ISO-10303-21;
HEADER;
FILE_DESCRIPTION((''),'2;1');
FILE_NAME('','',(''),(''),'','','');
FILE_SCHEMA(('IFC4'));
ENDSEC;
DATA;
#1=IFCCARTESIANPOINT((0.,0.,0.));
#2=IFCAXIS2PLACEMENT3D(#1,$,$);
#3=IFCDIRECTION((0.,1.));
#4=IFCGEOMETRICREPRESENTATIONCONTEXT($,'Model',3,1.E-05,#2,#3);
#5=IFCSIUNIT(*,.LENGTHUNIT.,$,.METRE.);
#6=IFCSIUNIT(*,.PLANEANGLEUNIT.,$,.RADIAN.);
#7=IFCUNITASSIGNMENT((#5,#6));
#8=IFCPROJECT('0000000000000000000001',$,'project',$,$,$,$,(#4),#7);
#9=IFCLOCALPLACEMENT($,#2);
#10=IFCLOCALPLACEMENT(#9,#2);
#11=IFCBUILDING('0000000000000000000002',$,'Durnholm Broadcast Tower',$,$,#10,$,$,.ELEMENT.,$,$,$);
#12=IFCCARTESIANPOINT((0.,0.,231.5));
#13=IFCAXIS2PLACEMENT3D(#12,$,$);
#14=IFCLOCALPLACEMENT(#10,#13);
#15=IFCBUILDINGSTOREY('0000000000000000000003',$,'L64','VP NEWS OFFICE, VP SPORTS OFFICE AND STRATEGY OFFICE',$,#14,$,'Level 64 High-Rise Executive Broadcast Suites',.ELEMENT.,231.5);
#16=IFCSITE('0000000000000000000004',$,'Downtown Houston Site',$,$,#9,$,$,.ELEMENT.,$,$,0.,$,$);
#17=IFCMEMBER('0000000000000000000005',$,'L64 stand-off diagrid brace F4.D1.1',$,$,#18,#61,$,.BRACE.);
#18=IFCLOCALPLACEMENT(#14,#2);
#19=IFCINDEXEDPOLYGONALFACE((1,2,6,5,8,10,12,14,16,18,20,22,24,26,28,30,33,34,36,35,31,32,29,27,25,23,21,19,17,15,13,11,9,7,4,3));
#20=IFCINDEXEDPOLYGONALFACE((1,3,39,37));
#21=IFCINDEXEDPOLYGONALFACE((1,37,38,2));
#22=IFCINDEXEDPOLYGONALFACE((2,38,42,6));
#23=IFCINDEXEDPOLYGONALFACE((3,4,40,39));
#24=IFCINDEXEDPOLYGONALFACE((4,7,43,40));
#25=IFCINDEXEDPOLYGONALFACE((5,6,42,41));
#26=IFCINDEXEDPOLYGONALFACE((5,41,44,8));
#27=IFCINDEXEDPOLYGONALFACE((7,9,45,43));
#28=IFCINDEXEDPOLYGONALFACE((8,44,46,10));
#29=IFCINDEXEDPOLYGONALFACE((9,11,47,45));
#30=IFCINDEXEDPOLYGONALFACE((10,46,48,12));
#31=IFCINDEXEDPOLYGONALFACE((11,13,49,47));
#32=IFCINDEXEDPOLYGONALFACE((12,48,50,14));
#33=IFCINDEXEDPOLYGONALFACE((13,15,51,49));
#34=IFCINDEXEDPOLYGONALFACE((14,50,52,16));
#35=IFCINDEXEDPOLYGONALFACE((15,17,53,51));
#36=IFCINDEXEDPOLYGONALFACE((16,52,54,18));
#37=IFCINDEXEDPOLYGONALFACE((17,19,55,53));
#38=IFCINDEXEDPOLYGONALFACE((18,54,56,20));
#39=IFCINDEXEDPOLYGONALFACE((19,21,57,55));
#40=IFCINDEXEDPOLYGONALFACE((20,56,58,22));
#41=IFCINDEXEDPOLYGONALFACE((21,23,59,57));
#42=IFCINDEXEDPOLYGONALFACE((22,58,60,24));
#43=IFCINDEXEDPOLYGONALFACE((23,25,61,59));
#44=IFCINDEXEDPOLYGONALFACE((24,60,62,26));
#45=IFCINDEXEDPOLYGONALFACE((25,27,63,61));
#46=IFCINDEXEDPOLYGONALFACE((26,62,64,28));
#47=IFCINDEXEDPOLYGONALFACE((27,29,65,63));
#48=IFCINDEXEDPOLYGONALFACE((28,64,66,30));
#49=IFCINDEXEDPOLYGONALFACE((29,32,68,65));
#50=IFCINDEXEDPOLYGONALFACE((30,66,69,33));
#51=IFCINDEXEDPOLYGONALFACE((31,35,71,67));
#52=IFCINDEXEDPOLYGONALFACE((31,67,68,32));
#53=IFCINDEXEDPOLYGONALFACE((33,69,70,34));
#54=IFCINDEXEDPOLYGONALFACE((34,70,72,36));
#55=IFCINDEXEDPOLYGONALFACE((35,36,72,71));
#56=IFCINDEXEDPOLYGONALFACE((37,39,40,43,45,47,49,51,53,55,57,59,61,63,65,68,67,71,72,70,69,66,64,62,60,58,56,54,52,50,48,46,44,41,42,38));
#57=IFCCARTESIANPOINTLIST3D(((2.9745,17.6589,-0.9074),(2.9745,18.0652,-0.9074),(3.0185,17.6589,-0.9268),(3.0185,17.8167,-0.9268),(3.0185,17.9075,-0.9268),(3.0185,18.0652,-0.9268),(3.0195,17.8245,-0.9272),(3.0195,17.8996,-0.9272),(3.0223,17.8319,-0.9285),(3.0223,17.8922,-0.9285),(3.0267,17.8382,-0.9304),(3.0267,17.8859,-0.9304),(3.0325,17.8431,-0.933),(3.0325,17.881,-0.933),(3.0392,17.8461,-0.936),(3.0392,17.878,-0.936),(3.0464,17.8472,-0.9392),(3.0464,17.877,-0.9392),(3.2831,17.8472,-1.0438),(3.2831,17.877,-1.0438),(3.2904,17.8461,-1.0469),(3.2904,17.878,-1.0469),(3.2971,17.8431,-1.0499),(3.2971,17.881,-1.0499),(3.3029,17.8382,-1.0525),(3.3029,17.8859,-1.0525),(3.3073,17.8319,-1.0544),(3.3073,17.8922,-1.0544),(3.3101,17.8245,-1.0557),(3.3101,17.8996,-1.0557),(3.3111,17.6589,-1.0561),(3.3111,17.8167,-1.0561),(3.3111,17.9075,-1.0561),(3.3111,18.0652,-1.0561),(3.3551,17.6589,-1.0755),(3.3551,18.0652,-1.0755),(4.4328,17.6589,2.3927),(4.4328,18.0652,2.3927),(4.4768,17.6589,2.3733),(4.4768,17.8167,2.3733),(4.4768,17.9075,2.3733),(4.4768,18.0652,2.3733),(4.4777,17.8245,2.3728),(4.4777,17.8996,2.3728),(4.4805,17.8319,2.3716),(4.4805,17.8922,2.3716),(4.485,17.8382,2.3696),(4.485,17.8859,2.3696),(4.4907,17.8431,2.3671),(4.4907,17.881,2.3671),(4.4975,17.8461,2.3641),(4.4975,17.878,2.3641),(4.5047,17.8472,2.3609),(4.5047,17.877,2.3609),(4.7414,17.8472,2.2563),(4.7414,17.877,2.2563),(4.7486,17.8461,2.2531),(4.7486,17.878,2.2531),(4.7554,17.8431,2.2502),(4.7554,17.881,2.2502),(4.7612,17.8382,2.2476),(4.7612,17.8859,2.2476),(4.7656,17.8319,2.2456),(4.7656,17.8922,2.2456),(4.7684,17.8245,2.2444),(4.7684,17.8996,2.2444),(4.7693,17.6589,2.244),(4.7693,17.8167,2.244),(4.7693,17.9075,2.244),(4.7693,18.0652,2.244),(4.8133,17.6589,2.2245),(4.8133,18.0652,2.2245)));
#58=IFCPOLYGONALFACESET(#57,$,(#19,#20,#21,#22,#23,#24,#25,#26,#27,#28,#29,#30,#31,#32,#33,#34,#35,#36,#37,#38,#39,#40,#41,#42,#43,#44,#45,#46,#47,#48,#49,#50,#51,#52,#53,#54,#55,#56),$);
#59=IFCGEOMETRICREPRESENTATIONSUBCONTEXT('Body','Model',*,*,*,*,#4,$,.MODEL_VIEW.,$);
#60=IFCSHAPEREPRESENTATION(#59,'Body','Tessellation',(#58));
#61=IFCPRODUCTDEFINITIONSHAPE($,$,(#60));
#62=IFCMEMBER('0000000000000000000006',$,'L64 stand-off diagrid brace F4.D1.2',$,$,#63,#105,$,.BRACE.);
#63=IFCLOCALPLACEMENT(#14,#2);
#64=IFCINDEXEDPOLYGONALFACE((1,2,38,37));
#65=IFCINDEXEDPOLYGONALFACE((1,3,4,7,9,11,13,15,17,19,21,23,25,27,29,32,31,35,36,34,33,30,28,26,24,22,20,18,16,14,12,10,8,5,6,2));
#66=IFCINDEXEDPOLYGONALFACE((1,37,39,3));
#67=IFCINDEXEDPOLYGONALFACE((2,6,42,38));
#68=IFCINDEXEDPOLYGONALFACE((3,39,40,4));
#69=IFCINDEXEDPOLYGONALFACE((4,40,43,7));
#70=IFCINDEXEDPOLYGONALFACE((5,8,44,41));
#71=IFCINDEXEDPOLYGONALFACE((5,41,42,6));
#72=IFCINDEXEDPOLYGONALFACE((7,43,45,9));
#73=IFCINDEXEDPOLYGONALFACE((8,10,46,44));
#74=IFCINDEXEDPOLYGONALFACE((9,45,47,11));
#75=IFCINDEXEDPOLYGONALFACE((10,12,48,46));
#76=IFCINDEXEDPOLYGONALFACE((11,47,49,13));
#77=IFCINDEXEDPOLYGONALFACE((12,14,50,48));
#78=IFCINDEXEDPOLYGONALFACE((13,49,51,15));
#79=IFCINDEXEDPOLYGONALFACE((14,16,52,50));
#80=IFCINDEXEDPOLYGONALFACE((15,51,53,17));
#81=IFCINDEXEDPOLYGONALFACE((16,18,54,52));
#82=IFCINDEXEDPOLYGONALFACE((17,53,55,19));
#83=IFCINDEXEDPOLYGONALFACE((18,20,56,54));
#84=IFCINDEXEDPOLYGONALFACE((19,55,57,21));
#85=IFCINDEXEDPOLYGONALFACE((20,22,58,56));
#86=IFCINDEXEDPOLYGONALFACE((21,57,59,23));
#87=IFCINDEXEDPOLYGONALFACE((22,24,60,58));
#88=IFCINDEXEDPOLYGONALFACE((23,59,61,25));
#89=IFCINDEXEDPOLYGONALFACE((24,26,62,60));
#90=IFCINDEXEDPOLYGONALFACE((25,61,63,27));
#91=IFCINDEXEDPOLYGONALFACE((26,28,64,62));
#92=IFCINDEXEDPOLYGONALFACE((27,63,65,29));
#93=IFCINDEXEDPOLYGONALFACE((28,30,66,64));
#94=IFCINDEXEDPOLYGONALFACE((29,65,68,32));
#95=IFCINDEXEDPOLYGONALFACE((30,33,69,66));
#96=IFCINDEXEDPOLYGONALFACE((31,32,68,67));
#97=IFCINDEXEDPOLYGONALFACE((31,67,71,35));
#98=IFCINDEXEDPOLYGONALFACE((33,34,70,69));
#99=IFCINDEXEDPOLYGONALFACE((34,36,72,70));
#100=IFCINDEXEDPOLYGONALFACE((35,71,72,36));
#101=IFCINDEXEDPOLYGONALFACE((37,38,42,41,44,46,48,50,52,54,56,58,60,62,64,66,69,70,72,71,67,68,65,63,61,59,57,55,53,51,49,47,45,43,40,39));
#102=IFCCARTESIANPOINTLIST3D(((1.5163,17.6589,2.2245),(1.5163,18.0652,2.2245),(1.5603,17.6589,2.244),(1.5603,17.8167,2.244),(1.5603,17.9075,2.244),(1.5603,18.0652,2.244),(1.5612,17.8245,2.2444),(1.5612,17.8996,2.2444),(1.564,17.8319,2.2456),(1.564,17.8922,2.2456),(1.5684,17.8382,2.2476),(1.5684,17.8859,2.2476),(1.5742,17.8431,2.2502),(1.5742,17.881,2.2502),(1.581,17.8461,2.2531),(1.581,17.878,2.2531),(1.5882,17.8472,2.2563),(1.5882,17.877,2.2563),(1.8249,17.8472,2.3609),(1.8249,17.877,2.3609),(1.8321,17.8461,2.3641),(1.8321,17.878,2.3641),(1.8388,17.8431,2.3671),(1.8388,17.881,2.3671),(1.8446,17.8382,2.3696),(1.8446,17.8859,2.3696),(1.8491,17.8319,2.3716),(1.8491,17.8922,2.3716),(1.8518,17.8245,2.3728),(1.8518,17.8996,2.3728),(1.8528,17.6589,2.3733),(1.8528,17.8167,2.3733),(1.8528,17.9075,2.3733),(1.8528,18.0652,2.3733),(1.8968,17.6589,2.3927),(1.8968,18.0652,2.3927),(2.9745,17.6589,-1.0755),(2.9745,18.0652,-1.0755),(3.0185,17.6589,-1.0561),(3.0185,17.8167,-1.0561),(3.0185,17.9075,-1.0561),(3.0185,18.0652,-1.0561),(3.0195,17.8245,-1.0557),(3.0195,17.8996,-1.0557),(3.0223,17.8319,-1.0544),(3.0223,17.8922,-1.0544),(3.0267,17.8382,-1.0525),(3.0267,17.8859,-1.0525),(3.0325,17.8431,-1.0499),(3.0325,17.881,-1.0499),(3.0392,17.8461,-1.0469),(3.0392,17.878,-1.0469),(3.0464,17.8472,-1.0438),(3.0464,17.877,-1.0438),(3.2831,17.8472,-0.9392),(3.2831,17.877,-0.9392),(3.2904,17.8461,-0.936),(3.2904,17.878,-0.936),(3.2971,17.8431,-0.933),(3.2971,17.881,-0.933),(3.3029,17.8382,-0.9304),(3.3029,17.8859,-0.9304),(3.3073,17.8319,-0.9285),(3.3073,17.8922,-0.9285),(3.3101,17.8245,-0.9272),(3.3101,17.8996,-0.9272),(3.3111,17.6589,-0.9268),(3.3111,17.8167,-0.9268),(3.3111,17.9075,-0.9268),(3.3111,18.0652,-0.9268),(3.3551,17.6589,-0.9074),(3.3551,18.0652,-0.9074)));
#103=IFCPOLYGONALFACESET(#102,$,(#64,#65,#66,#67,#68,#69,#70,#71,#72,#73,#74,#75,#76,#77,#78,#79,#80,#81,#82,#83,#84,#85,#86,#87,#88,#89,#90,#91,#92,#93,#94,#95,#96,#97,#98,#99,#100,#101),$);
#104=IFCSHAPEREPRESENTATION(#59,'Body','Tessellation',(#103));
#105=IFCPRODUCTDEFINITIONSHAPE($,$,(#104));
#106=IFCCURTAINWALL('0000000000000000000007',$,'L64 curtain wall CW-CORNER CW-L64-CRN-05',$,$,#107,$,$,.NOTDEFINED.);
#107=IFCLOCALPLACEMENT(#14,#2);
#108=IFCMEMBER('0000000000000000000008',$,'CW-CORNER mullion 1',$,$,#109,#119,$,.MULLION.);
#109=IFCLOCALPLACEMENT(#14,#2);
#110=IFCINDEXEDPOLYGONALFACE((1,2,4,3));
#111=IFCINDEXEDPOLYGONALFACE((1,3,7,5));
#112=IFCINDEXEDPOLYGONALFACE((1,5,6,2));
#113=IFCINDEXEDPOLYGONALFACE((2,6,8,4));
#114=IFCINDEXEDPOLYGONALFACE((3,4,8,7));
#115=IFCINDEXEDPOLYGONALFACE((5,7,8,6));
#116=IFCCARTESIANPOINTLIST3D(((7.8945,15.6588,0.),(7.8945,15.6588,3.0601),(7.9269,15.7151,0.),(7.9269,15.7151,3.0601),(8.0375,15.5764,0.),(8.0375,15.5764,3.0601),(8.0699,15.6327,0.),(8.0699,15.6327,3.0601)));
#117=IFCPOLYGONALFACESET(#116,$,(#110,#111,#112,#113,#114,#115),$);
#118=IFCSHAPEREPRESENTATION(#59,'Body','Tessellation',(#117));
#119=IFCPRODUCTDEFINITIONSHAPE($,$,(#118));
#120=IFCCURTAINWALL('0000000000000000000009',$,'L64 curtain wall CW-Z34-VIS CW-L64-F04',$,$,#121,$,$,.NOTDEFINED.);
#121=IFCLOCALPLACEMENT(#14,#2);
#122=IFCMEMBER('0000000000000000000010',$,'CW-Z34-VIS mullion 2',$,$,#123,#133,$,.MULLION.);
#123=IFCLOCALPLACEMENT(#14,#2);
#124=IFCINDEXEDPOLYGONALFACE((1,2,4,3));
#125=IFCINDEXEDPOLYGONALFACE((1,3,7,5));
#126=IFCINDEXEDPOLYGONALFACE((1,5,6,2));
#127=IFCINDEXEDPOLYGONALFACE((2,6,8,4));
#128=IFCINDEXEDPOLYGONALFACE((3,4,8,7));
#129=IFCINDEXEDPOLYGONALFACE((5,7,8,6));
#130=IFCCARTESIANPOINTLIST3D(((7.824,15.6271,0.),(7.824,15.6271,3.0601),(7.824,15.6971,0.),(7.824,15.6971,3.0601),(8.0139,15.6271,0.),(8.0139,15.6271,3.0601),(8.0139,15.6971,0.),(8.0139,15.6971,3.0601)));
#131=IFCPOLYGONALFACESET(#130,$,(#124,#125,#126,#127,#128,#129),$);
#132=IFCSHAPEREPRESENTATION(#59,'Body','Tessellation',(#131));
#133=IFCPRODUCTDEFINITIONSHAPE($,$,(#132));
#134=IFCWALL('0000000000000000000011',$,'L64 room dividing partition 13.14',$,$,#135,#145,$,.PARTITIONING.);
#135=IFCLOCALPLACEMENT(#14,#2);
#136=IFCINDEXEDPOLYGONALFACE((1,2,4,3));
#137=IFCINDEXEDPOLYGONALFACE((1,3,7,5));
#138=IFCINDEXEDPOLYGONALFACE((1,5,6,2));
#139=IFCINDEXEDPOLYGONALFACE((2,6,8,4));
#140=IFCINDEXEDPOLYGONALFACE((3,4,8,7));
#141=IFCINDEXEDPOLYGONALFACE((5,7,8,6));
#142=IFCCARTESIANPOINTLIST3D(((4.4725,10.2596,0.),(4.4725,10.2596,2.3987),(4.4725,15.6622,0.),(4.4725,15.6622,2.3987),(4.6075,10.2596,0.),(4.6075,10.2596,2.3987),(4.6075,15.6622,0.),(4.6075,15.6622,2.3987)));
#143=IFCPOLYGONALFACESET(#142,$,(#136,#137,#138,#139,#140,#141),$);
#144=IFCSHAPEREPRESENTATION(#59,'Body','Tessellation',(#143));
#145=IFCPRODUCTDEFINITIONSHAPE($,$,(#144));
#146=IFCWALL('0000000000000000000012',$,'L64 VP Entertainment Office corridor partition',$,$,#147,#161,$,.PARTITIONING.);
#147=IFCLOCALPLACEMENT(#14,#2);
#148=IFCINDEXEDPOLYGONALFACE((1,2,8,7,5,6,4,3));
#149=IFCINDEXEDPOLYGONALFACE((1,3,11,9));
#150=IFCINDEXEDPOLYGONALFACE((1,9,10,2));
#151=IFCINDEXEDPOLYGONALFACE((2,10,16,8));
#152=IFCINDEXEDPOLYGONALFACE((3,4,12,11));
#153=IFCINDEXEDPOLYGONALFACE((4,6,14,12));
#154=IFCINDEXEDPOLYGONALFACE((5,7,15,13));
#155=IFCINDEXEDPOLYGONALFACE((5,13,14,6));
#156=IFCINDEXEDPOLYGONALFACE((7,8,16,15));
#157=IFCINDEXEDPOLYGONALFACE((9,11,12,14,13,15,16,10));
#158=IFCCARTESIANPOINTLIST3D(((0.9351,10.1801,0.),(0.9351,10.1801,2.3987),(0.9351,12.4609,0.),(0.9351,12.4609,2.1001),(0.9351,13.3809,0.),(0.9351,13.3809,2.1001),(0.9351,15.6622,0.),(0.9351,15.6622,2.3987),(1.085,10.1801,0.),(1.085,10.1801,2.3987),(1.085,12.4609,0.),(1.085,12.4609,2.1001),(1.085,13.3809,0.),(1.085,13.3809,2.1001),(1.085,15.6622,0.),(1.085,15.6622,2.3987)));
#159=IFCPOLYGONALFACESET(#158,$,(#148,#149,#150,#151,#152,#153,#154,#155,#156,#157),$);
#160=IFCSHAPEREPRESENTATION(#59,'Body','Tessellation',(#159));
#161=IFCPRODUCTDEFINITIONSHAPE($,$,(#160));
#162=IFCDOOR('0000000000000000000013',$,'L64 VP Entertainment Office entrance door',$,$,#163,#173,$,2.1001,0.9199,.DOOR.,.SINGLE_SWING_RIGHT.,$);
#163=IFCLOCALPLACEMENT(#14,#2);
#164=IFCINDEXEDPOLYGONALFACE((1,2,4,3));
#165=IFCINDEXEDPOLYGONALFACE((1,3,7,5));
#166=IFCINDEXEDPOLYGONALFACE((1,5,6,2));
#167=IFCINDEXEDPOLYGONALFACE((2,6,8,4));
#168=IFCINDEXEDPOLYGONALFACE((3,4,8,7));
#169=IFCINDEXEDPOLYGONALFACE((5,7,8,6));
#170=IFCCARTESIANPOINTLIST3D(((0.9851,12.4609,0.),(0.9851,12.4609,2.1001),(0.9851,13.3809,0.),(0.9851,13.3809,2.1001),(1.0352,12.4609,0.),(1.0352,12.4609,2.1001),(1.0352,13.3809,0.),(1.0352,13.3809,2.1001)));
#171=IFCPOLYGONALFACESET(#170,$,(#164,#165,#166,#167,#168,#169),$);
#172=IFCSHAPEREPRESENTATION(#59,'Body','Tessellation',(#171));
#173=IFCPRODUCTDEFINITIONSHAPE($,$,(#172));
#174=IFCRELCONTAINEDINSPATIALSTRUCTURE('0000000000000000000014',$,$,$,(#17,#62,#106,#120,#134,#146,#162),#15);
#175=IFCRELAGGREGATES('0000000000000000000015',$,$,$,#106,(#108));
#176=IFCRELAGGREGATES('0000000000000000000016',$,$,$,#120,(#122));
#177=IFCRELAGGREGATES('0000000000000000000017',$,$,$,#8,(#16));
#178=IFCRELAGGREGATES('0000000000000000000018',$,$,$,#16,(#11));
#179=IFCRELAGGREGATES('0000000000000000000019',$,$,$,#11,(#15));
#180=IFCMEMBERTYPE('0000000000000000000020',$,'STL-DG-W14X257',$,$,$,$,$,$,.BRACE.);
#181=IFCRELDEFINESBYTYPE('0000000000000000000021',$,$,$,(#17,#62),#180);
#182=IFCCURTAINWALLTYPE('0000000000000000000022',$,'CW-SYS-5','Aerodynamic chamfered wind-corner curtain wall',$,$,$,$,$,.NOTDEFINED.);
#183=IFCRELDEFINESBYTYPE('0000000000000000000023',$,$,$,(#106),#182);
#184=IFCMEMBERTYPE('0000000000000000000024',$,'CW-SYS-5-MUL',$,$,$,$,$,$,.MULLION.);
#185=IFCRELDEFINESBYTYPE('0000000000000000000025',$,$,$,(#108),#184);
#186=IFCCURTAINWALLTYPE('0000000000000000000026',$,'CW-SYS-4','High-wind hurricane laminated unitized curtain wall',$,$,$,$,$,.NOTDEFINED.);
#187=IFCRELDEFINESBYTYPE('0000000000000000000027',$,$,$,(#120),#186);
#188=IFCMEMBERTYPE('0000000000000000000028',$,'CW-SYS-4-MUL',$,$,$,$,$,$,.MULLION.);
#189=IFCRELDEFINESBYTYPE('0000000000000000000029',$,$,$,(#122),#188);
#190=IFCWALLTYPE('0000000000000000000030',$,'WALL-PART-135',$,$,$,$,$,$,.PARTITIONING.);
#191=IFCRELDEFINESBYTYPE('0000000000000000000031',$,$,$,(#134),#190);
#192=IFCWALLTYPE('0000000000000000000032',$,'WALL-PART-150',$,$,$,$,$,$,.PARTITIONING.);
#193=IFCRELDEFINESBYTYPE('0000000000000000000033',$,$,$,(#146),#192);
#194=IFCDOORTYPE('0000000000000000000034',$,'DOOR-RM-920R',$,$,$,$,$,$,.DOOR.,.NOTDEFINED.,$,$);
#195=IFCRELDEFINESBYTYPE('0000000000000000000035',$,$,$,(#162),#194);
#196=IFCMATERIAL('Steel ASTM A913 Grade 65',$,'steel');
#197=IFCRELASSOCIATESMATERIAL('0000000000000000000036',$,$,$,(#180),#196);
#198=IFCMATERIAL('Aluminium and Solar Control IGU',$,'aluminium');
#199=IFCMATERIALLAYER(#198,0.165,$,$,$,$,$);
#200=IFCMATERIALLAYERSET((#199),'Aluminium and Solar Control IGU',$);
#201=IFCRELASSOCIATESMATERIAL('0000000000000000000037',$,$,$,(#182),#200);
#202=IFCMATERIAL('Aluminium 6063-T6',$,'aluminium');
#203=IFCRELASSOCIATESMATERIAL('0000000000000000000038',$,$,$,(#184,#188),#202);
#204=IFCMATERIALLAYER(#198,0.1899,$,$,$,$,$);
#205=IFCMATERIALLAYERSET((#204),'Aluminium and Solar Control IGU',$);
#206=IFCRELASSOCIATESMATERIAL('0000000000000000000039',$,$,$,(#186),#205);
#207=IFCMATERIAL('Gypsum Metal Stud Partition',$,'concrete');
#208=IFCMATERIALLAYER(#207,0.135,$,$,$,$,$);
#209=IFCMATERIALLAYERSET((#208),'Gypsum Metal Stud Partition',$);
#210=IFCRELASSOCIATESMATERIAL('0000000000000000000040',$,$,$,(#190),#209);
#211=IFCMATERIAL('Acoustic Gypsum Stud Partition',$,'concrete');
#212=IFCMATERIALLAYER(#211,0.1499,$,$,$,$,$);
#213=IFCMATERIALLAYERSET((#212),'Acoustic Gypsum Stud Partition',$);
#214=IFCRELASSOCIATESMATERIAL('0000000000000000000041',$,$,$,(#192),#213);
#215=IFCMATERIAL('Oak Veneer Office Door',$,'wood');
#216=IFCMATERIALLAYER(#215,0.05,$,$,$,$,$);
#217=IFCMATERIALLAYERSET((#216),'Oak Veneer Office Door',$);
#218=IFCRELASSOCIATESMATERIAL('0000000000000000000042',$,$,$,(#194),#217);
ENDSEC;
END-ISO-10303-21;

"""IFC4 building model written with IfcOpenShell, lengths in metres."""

from ifc_helpers import new_model, si_unit, direction, frame, frame_2d, origin, origin_2d, place, context, subcontext, project, spatial, rectangle, i_section, extrude, source, transform, mapped, material, layer, layer_set, material_profile, profile_set, type_object, type_shapes, element, fill, aggregate, save


model = new_model("IFC4")

# Units and contexts
model_context = context("Model", 3, precision=1e-05, world=origin(), true_north=direction((0.0, 1.0)))
body_context = subcontext(model_context, "Body", "Model", "MODEL_VIEW")
ifc_project = project(units=[si_unit("LENGTHUNIT", "METRE"), si_unit("PLANEANGLEUNIT", "RADIAN")], contexts=[model_context])

# Site, building, storey
site_placement = place(None, origin())
site = spatial("IfcSite", under=ifc_project, at=site_placement, Name="Downtown Houston Site", CompositionType="ELEMENT", RefElevation=0.0)
building_placement = place(site_placement, origin())
building = spatial("IfcBuilding", under=site, at=building_placement, Name="Durnholm Broadcast Tower", CompositionType="ELEMENT")
storey_placement = place(building_placement, frame((0.0, 0.0, 231.5)))
storey = spatial("IfcBuildingStorey", under=building, at=storey_placement, Name="L64", Description="VP NEWS OFFICE, VP SPORTS OFFICE AND STRATEGY OFFICE", LongName="Level 64 High-Rise Executive Broadcast Suites", CompositionType="ELEMENT", Elevation=231.5)

# Members
ifc_material_1 = material(Name="Steel ASTM A913 Grade 65", Category="steel")
ifc_material_profile_1 = material_profile(ifc_material_1, i_section(OverallWidth=0.4062, OverallDepth=0.416, WebThickness=0.0298, FlangeThickness=0.0481, FilletRadius=0.0305, at=origin_2d()), Name="W14X257")
ifc_profile_set_1 = profile_set([ifc_material_profile_1], Name="Steel ASTM A913 Grade 65")
member_type_1 = type_object("IfcMemberType", Name="STL-DG-W14X257", PredefinedType="BRACE", material=ifc_profile_set_1)
shared_shape_1 = source(origin(), body_context, "Body", "SweptSolid", [
    extrude(i_section(OverallWidth=0.4062, OverallDepth=0.416, WebThickness=0.0298, FlangeThickness=0.0481, FilletRadius=0.0305, at=origin_2d()), origin(), (0.0, 0.0, 1.0), 3.6079),
])
type_shapes(member_type_1, [shared_shape_1])
for number, where, z_axis, x_axis, name in (
    (1, (3.1648, 17.8621, -0.9915), (0.404185, 0.0, 0.914677), (0.0, 1.0, 0.0), "L64 stand-off diagrid brace F4.D1.1"),
    (2, (3.1648, 17.8621, -0.9915), (-0.404185, 0.0, 0.914677), (0.0, -1.0, 0.0), "L64 stand-off diagrid brace F4.D1.2"),
):
    element("IfcMember", number, at=place(storey_placement, frame(where, z_axis=z_axis, x_axis=x_axis)), inside=storey, type_object=member_type_1, Name=name, PredefinedType="BRACE", context=body_context, shape_type="MappedRepresentation", body=[
        mapped(shared_shape_1, transform((0.0, 0.0, 0.0), x_axis=(1.0, 0.0, 0.0), y_axis=(0.0, 1.0, 0.0), z_axis=(0.0, 0.0, 1.0), scale=1.0)),
    ])

# Curtain walls, members
ifc_material_2 = material(Name="Aluminium and Solar Control IGU", Category="aluminium")
ifc_layer_1 = layer(ifc_material_2, 0.165)
ifc_layer_set_1 = layer_set([ifc_layer_1], Name="Aluminium and Solar Control IGU")
curtain_wall_type_1 = type_object("IfcCurtainWallType", Name="CW-SYS-5", Description="Aerodynamic chamfered wind-corner curtain wall", PredefinedType="NOTDEFINED", material=ifc_layer_set_1)
curtain_wall_1_placement = place(storey_placement, origin())
curtain_wall_1 = element("IfcCurtainWall", 3, at=curtain_wall_1_placement, inside=storey, type_object=curtain_wall_type_1, Name="L64 curtain wall CW-CORNER CW-L64-CRN-05", PredefinedType="NOTDEFINED")
ifc_material_3 = material(Name="Aluminium 6063-T6", Category="aluminium")
ifc_material_profile_2 = material_profile(ifc_material_3, rectangle(XDim=0.0649, YDim=0.165, at=origin_2d()), Name="CWM65X165")
ifc_profile_set_2 = profile_set([ifc_material_profile_2], Name="Aluminium 6063-T6")
member_type_2 = type_object("IfcMemberType", Name="CW-SYS-5-MUL", PredefinedType="MULLION", material=ifc_profile_set_2)
shared_shape_2 = source(origin(), body_context, "Body", "SweptSolid", [
    extrude(rectangle(XDim=0.0649, YDim=0.165, at=origin_2d()), origin(), (0.0, 0.0, 1.0), 3.0601),
])
type_shapes(member_type_2, [shared_shape_2])
member_1_placement = place(storey_placement, frame((7.9822, 15.6458, 0.0), z_axis=(0.0, 0.0, 1.0), x_axis=(0.499059, 0.866568, 0.0)))
member_1 = element("IfcMember", 4, at=member_1_placement, type_object=member_type_2, Name="CW-CORNER mullion 1", PredefinedType="MULLION", context=body_context, shape_type="MappedRepresentation", body=[
    mapped(shared_shape_2, transform((0.0, 0.0, 0.0), x_axis=(1.0, 0.0, 0.0), y_axis=(0.0, 1.0, 0.0), z_axis=(0.0, 0.0, 1.0), scale=1.0)),
])
aggregate(curtain_wall_1, [member_1])
ifc_layer_2 = layer(ifc_material_2, 0.1899)
ifc_layer_set_2 = layer_set([ifc_layer_2], Name="Aluminium and Solar Control IGU")
curtain_wall_type_2 = type_object("IfcCurtainWallType", Name="CW-SYS-4", Description="High-wind hurricane laminated unitized curtain wall", PredefinedType="NOTDEFINED", material=ifc_layer_set_2)
curtain_wall_2_placement = place(storey_placement, origin())
curtain_wall_2 = element("IfcCurtainWall", 5, at=curtain_wall_2_placement, inside=storey, type_object=curtain_wall_type_2, Name="L64 curtain wall CW-Z34-VIS CW-L64-F04", PredefinedType="NOTDEFINED")
ifc_material_profile_3 = material_profile(ifc_material_3, rectangle(XDim=0.0701, YDim=0.1899, at=origin_2d()), Name="CWM70X190")
ifc_profile_set_3 = profile_set([ifc_material_profile_3], Name="Aluminium 6063-T6")
member_type_3 = type_object("IfcMemberType", Name="CW-SYS-4-MUL", PredefinedType="MULLION", material=ifc_profile_set_3)
shared_shape_3 = source(origin(), body_context, "Body", "SweptSolid", [
    extrude(rectangle(XDim=0.0701, YDim=0.1899, at=origin_2d()), origin(), (0.0, 0.0, 1.0), 3.0601),
])
type_shapes(member_type_3, [shared_shape_3])
member_2_placement = place(storey_placement, frame((7.9189, 15.6621, 0.0), z_axis=(0.0, 0.0, 1.0), x_axis=(0.0, 1.0, 0.0)))
member_2 = element("IfcMember", 6, at=member_2_placement, type_object=member_type_3, Name="CW-Z34-VIS mullion 2", PredefinedType="MULLION", context=body_context, shape_type="MappedRepresentation", body=[
    mapped(shared_shape_3, transform((0.0, 0.0, 0.0), x_axis=(1.0, 0.0, 0.0), y_axis=(0.0, 1.0, 0.0), z_axis=(0.0, 0.0, 1.0), scale=1.0)),
])
aggregate(curtain_wall_2, [member_2])

# Wall
ifc_material_4 = material(Name="Gypsum Metal Stud Partition", Category="concrete")
ifc_layer_3 = layer(ifc_material_4, 0.135)
ifc_layer_set_3 = layer_set([ifc_layer_3], Name="Gypsum Metal Stud Partition")
wall_type_1 = type_object("IfcWallType", Name="WALL-PART-135", PredefinedType="PARTITIONING", material=ifc_layer_set_3)
wall_1_placement = place(storey_placement, frame((4.54, 15.6621, 0.0), z_axis=(0.0, 0.0, 1.0), x_axis=(0.0, -1.0, 0.0)))
element("IfcWall", 7, at=wall_1_placement, inside=storey, type_object=wall_type_1, Name="L64 room dividing partition 13.14", PredefinedType="PARTITIONING", context=body_context, shape_type="SweptSolid", body=[
    extrude(rectangle(XDim=5.4026, YDim=0.135, at=frame_2d((2.7012, 0.0))), origin(), (0.0, 0.0, 1.0), 2.3987),
])

# Wall, opening, door
ifc_material_5 = material(Name="Acoustic Gypsum Stud Partition", Category="concrete")
ifc_layer_4 = layer(ifc_material_5, 0.1499)
ifc_layer_set_4 = layer_set([ifc_layer_4], Name="Acoustic Gypsum Stud Partition")
wall_type_2 = type_object("IfcWallType", Name="WALL-PART-150", PredefinedType="PARTITIONING", material=ifc_layer_set_4)
wall_2_placement = place(storey_placement, frame((1.01, 10.1799, 0.0), z_axis=(0.0, 0.0, 1.0), x_axis=(0.0, 1.0, 0.0)))
wall_2 = element("IfcWall", 8, at=wall_2_placement, inside=storey, type_object=wall_type_2, Name="L64 VP Entertainment Office corridor partition", PredefinedType="PARTITIONING", context=body_context, shape_type="SweptSolid", body=[
    extrude(rectangle(XDim=5.4822, YDim=0.1499, at=frame_2d((2.7412, 0.0))), origin(), (0.0, 0.0, 1.0), 2.3987),
])
opening_placement = place(wall_2_placement, frame((2.281, 0.0, 0.0)))
opening = element("IfcOpeningElement", 9, at=opening_placement, cuts=wall_2, PredefinedType="OPENING", context=body_context, shape_type="SweptSolid", body=[
    extrude(rectangle(XDim=0.9199, YDim=2.1001, at=frame_2d((0.46, 1.05))), frame((0.0, 0.085, 0.0), z_axis=(0.0, -1.0, 0.0), x_axis=(1.0, 0.0, 0.0)), (0.0, 0.0, 1.0), 0.1699),
])
ifc_material_6 = material(Name="Oak Veneer Office Door", Category="wood")
ifc_layer_5 = layer(ifc_material_6, 0.05)
ifc_layer_set_5 = layer_set([ifc_layer_5], Name="Oak Veneer Office Door")
door_type = type_object("IfcDoorType", Name="DOOR-RM-920R", OperationType="NOTDEFINED", PredefinedType="DOOR", material=ifc_layer_set_5)
shared_shape_4 = source(origin(), body_context, "Body", "SweptSolid", [
    extrude(rectangle(XDim=0.9199, YDim=2.1001, at=frame_2d((0.46, 1.05))), frame((0.0, 0.0249, 0.0), z_axis=(0.0, -1.0, 0.0), x_axis=(1.0, 0.0, 0.0)), (0.0, 0.0, 1.0), 0.05),
])
type_shapes(door_type, [shared_shape_4])
door_placement = place(opening_placement, origin())
door = element("IfcDoor", 10, at=door_placement, inside=storey, type_object=door_type, Name="L64 VP Entertainment Office entrance door", OperationType="SINGLE_SWING_RIGHT", OverallHeight=2.1001, OverallWidth=0.9199, PredefinedType="DOOR", context=body_context, shape_type="MappedRepresentation", body=[
    mapped(shared_shape_4, transform((0.0, 0.0, 0.0), x_axis=(1.0, 0.0, 0.0), y_axis=(0.0, 1.0, 0.0), z_axis=(0.0, 0.0, 1.0), scale=1.0)),
])
fill(opening, door)

save(model, "model.ifc")
